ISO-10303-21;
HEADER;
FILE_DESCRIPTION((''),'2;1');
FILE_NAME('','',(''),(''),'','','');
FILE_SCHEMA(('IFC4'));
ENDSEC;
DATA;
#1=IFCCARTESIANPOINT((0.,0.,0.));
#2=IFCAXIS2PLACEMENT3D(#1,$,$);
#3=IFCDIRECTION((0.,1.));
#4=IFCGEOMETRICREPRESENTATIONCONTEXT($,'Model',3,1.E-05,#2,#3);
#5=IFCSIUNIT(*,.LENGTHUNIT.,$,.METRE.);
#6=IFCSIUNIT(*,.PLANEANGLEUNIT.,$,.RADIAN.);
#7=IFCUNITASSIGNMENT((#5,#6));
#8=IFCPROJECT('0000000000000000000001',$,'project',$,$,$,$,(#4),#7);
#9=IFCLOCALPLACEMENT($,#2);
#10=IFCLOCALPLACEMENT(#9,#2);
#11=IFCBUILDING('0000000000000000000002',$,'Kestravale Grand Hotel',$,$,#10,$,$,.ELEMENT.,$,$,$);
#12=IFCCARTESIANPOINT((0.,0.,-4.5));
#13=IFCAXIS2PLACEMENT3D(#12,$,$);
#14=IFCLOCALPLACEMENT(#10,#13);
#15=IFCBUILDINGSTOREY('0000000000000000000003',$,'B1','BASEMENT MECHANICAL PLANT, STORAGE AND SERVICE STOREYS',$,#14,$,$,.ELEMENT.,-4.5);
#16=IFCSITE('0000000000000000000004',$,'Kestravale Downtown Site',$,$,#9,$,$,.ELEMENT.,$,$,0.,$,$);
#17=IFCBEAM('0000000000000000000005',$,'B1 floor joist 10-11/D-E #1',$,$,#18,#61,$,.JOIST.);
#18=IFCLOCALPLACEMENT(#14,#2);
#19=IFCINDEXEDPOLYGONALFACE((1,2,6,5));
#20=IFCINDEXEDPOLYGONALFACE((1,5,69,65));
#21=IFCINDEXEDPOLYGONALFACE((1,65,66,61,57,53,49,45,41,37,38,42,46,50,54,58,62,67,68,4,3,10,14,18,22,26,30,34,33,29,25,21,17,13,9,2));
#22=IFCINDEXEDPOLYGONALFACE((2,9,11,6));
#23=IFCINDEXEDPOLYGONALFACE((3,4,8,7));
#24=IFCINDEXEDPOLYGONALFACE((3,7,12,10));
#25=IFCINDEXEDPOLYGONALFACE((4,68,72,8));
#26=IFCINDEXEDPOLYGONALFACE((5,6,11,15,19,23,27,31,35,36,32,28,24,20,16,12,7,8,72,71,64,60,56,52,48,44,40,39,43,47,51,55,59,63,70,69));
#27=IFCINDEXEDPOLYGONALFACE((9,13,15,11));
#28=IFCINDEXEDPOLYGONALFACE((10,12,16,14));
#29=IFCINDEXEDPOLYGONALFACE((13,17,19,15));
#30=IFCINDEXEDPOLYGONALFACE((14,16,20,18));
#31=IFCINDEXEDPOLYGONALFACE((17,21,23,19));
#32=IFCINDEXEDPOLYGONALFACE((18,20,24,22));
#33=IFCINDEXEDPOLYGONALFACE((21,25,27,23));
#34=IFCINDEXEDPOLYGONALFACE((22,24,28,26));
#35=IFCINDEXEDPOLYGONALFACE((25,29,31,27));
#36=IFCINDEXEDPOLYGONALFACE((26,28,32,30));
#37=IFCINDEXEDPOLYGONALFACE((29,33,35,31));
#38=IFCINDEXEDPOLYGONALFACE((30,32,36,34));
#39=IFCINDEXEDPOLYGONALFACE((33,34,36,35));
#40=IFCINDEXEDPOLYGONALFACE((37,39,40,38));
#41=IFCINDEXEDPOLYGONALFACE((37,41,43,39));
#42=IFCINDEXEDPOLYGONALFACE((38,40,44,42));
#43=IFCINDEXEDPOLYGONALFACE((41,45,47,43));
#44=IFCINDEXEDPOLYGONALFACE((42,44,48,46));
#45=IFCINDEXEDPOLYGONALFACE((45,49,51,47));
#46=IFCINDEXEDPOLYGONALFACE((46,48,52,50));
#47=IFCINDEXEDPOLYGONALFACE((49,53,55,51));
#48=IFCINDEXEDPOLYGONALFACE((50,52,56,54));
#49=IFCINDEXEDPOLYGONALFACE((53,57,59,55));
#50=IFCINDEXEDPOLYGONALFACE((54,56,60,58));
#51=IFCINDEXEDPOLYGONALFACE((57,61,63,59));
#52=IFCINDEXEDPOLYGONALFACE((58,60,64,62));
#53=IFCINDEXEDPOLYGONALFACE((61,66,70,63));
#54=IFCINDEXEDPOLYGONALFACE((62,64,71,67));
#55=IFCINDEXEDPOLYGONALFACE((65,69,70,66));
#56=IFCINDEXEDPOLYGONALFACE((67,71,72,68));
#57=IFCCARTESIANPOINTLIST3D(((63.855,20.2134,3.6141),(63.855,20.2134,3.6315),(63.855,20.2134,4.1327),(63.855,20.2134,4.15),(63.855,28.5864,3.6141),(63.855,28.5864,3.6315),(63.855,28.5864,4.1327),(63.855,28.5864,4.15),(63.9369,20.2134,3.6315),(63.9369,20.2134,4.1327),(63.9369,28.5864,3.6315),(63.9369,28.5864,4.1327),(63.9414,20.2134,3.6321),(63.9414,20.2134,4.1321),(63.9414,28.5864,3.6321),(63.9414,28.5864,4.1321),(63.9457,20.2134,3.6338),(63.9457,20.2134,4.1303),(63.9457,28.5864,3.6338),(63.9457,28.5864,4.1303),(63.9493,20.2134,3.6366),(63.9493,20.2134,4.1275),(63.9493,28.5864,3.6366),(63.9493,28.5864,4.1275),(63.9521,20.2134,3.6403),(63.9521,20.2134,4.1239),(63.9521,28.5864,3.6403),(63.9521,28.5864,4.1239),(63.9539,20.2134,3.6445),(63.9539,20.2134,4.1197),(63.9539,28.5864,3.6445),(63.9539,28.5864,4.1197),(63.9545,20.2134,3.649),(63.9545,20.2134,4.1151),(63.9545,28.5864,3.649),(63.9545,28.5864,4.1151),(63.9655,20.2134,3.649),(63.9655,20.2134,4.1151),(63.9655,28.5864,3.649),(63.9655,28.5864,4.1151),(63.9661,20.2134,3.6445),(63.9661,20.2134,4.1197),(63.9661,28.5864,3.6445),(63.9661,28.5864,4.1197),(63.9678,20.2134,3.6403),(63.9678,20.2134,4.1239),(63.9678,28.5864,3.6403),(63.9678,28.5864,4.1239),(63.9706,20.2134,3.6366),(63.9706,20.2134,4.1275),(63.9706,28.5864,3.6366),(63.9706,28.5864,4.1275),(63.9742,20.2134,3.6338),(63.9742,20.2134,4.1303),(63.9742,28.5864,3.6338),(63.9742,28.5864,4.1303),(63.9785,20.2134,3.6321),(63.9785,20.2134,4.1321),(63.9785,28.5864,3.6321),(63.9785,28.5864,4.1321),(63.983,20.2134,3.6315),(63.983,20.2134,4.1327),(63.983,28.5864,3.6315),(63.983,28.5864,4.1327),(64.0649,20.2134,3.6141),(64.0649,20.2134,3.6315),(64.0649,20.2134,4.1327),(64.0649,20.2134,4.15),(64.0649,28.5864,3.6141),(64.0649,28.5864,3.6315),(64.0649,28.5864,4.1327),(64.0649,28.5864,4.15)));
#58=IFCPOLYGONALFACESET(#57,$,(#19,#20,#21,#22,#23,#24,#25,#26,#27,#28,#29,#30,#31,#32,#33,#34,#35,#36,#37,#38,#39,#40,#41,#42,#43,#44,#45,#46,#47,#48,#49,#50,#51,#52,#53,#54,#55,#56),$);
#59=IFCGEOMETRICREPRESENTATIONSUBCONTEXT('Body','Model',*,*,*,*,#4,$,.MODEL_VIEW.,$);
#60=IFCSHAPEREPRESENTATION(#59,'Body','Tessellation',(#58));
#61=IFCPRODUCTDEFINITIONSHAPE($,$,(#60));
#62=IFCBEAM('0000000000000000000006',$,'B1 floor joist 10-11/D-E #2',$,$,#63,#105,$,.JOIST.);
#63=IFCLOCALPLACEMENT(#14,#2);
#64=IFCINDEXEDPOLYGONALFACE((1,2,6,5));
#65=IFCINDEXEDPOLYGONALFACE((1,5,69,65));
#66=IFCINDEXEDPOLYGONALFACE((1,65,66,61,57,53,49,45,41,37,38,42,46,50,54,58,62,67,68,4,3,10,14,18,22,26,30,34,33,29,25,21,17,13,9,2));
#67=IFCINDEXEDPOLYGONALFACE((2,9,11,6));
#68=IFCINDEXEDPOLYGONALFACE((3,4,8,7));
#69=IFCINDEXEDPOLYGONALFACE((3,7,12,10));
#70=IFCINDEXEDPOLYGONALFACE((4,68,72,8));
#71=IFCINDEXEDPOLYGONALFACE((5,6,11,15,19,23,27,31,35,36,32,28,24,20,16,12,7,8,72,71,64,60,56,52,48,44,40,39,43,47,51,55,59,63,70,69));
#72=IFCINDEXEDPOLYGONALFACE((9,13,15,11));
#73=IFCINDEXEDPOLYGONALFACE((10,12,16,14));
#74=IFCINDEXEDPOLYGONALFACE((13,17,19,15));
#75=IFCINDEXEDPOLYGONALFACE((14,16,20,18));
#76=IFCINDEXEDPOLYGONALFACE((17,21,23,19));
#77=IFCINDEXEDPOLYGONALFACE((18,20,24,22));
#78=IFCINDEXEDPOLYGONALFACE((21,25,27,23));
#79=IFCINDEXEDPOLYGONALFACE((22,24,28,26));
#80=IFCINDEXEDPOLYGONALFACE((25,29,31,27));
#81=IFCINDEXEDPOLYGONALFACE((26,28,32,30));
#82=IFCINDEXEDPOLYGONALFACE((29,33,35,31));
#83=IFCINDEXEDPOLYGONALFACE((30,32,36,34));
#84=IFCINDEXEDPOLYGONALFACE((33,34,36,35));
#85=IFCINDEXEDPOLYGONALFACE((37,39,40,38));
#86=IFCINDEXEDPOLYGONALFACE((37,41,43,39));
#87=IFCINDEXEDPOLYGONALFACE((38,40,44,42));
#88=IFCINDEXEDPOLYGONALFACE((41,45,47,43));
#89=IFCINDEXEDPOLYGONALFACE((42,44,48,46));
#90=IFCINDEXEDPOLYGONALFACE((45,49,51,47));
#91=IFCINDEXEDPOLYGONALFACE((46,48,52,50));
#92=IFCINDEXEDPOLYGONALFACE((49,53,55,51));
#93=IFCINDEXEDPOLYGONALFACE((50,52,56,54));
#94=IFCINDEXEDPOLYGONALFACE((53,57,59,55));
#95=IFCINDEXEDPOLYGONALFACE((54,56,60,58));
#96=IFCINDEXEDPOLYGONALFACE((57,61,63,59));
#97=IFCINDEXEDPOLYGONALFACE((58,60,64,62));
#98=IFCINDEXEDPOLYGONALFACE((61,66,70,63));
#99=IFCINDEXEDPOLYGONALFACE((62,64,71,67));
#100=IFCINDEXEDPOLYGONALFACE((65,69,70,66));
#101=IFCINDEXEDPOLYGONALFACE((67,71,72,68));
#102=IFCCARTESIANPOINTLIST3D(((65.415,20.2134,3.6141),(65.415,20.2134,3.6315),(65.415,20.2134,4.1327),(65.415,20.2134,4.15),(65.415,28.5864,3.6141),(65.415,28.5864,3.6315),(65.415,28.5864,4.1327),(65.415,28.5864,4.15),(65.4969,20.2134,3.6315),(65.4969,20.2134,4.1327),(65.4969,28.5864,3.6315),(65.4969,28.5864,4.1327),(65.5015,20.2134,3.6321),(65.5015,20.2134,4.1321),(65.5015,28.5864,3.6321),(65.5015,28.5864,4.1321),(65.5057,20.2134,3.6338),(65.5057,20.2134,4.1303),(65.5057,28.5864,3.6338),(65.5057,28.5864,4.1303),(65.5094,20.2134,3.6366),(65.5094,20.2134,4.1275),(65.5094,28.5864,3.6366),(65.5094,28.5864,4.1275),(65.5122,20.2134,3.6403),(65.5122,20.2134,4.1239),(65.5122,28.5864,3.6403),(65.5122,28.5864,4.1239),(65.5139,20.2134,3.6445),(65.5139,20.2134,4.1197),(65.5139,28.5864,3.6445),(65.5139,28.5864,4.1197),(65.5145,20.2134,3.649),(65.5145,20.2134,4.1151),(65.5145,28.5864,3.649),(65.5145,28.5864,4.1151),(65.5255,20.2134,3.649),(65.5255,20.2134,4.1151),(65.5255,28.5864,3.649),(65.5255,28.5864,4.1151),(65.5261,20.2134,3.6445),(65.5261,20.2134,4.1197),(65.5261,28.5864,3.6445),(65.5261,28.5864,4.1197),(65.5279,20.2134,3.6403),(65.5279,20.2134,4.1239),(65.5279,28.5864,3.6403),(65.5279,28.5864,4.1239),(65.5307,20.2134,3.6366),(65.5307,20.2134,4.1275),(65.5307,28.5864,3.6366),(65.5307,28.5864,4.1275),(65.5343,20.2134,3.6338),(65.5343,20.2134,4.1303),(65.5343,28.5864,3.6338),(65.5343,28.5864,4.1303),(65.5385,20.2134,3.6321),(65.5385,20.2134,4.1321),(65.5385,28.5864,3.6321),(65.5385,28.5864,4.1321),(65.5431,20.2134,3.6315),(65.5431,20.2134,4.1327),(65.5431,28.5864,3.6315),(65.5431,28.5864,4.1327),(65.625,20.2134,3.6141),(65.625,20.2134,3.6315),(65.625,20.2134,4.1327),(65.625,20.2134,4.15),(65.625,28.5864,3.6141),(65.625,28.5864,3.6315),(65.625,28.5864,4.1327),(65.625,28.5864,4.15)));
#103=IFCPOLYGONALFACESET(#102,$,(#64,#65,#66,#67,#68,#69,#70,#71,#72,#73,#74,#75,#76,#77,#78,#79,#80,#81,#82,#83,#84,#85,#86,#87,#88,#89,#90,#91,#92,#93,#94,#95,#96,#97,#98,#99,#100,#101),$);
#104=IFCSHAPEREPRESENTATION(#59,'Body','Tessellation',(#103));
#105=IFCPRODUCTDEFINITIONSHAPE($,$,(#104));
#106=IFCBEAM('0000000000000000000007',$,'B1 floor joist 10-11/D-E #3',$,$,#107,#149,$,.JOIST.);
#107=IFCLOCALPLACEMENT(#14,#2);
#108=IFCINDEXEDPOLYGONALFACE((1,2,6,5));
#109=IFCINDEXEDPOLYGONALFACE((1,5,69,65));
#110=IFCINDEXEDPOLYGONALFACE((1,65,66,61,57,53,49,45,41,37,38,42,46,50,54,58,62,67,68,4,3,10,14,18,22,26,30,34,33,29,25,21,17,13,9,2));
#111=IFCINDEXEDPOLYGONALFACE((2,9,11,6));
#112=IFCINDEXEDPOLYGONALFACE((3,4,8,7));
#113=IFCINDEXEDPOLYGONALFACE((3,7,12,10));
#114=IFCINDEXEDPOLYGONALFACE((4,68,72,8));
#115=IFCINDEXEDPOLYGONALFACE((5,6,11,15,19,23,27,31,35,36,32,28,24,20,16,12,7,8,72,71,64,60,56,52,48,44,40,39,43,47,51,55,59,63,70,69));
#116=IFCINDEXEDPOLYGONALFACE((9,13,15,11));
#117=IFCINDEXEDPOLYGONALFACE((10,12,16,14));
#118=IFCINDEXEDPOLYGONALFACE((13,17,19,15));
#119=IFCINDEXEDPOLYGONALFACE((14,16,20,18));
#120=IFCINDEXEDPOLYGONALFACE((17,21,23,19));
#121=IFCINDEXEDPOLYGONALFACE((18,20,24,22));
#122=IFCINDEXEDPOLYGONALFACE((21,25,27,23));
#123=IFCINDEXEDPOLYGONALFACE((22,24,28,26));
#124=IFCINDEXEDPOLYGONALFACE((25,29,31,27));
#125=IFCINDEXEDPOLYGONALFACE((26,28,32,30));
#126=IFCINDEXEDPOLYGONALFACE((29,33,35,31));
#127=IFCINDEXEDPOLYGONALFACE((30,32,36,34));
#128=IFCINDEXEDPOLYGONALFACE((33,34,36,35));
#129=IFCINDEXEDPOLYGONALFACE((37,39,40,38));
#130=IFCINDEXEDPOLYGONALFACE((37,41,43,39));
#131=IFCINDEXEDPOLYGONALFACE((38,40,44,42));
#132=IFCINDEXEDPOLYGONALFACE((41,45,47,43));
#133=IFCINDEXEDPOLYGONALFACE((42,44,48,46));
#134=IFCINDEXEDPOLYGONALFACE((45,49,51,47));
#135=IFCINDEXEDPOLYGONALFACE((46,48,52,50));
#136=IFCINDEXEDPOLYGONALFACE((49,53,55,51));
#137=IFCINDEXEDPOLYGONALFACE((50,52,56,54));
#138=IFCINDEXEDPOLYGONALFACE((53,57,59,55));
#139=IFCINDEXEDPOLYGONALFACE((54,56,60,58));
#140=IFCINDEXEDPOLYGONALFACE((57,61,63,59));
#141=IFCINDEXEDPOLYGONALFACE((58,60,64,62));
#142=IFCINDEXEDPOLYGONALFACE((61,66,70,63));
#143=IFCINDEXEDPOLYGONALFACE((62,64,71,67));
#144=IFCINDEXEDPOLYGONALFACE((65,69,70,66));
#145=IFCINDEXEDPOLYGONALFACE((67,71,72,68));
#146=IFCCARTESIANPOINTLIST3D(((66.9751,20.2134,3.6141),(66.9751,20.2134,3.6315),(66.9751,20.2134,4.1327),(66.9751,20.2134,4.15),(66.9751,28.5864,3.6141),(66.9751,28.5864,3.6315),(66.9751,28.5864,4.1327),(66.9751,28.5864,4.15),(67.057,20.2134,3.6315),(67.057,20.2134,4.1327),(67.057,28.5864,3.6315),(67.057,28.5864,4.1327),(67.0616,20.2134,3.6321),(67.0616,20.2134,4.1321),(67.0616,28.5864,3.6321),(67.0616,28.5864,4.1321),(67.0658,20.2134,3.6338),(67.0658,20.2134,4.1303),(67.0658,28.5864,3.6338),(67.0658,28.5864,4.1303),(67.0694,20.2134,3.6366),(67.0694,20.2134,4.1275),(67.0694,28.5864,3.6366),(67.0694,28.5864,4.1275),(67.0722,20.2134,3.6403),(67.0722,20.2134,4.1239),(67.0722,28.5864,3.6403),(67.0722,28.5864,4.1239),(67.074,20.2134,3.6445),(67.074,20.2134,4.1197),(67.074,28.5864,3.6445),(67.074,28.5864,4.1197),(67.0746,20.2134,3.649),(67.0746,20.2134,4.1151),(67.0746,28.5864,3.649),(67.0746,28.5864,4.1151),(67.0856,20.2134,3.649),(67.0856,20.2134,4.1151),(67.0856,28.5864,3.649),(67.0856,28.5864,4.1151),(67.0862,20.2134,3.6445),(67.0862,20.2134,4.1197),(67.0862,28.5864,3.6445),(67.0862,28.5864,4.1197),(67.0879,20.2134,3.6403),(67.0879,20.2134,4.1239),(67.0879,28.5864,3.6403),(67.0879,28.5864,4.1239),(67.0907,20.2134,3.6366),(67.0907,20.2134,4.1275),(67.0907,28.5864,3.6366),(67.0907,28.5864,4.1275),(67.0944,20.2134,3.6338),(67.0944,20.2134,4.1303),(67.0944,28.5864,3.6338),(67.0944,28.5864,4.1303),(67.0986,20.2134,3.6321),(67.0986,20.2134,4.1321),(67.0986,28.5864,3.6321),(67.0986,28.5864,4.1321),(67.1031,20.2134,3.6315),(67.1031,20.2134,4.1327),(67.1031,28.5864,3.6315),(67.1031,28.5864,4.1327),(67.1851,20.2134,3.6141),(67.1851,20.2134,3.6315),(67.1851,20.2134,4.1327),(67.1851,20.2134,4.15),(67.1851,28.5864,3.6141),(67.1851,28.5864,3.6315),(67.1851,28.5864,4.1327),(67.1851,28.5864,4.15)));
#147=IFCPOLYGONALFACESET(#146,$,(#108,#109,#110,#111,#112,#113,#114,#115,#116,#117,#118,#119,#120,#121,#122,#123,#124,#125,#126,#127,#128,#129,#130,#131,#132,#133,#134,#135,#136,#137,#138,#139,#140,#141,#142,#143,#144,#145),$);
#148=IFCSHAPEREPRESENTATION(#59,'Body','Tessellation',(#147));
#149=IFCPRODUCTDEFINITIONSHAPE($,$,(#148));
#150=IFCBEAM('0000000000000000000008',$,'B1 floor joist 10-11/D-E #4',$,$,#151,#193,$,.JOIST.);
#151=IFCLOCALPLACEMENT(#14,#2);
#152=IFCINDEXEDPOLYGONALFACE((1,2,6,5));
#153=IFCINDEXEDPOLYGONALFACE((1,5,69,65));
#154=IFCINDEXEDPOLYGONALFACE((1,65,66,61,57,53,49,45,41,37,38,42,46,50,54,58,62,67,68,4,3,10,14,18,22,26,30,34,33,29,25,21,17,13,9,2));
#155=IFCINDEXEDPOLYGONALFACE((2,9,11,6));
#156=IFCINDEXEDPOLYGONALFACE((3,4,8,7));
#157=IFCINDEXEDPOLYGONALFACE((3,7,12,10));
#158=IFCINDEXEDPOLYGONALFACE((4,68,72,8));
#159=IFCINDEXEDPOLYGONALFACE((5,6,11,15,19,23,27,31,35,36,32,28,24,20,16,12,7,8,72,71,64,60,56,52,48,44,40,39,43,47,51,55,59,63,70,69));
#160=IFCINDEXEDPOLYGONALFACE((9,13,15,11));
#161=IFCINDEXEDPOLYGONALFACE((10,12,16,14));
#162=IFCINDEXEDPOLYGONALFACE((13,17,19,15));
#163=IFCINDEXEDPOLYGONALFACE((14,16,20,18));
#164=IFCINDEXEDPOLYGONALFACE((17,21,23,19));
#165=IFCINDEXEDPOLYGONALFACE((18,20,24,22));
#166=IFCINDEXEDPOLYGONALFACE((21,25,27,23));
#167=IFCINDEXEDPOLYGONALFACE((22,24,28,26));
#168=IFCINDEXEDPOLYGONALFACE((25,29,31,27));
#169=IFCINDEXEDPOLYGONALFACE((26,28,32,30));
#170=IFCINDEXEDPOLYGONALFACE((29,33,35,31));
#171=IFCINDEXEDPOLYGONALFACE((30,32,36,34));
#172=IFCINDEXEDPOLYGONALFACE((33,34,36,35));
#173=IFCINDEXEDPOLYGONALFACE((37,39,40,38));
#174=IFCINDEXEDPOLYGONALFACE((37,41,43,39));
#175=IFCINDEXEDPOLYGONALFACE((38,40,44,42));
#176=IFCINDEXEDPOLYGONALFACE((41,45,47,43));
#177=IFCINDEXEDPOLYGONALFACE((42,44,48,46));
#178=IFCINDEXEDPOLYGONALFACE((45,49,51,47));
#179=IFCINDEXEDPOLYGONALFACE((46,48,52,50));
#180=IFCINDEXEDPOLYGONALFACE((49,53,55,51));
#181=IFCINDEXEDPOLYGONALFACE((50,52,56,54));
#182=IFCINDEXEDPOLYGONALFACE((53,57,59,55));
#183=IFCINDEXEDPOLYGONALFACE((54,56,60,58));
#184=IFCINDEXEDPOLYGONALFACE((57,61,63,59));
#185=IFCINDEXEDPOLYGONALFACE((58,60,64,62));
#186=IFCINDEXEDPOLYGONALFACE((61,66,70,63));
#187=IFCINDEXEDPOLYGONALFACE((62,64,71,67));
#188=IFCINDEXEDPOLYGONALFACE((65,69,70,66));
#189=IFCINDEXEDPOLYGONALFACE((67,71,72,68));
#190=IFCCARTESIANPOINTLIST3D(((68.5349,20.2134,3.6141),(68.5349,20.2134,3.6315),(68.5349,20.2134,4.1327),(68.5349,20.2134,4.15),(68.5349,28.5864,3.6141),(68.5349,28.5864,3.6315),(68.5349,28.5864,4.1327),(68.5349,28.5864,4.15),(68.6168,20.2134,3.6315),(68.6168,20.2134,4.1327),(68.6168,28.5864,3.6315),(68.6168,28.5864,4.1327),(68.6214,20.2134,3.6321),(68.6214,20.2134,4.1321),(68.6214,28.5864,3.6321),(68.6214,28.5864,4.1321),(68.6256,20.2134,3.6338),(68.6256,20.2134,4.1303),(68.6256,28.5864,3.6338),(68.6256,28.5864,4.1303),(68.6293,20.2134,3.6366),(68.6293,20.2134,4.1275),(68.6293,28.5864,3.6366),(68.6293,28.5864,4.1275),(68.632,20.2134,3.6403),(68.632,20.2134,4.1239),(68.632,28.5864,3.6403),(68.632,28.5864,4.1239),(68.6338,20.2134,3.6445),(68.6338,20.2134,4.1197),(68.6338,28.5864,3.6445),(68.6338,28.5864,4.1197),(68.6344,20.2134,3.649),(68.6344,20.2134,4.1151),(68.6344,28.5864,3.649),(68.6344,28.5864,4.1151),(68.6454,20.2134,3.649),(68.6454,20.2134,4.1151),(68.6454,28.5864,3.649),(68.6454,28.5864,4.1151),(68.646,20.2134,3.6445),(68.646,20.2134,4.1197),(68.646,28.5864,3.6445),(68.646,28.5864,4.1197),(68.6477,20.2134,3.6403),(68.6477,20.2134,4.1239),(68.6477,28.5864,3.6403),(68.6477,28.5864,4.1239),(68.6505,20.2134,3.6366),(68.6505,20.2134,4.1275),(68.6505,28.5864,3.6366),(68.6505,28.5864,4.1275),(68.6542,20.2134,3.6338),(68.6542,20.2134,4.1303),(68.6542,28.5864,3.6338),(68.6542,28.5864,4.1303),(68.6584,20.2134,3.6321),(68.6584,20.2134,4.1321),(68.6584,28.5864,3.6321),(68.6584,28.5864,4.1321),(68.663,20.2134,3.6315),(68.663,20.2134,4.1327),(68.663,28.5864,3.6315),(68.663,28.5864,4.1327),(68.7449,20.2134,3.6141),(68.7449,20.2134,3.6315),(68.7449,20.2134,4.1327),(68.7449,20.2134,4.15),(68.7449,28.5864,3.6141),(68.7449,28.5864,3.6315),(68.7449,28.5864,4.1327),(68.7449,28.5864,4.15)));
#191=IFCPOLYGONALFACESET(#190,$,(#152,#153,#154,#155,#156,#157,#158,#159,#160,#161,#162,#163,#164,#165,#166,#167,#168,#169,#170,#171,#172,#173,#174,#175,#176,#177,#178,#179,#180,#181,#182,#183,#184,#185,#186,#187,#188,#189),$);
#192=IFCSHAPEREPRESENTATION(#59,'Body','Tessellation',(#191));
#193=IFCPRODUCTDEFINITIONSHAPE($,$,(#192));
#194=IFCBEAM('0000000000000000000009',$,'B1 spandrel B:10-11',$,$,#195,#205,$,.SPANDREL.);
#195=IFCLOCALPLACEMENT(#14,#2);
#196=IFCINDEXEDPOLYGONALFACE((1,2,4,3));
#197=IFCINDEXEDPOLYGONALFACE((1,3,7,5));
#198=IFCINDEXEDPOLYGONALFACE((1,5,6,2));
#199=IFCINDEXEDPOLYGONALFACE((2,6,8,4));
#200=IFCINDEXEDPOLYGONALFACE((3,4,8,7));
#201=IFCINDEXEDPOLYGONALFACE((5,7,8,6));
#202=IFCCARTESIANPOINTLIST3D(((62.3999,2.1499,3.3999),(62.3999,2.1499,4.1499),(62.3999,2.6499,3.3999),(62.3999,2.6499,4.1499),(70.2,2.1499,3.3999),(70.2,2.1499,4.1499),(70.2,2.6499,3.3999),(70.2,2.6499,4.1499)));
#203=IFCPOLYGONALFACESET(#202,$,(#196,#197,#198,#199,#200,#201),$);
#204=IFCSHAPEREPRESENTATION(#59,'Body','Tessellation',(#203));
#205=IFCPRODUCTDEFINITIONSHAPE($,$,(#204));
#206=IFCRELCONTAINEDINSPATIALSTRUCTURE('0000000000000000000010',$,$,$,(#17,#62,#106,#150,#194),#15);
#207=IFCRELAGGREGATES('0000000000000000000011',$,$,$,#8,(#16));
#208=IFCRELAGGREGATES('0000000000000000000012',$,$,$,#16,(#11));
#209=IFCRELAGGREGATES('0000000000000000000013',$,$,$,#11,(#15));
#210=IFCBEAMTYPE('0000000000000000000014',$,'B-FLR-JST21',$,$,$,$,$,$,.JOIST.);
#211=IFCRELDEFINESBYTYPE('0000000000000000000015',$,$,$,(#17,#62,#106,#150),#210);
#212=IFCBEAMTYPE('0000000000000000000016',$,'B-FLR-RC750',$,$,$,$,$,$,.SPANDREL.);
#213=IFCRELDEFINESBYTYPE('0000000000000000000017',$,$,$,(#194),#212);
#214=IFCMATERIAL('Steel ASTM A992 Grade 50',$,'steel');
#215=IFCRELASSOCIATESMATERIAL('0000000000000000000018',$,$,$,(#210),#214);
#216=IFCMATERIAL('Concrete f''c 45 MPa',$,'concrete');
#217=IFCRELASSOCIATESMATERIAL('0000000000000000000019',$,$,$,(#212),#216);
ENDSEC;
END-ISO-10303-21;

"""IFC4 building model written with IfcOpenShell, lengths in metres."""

from ifc_helpers import new_model, si_unit, direction, frame, origin, origin_2d, place, context, subcontext, project, spatial, rectangle, i_section, extrude, material, material_profile, profile_set, type_object, element, save


model = new_model("IFC4")

# Units and contexts
model_context = context("Model", 3, precision=1e-05, world=origin(), true_north=direction((0.0, 1.0)))
body_context = subcontext(model_context, "Body", "Model", "MODEL_VIEW")
ifc_project = project(units=[si_unit("LENGTHUNIT", "METRE"), si_unit("PLANEANGLEUNIT", "RADIAN")], contexts=[model_context])

# Site, building, storey
site_placement = place(None, origin())
site = spatial("IfcSite", under=ifc_project, at=site_placement, Name="Kestravale Downtown Site", CompositionType="ELEMENT", RefElevation=0.0)
building_placement = place(site_placement, origin())
building = spatial("IfcBuilding", under=site, at=building_placement, Name="Kestravale Grand Hotel", CompositionType="ELEMENT")
storey_placement = place(building_placement, frame((0.0, 0.0, -4.5)))
storey = spatial("IfcBuildingStorey", under=building, at=storey_placement, Name="B1", Description="BASEMENT MECHANICAL PLANT, STORAGE AND SERVICE STOREYS", CompositionType="ELEMENT", Elevation=-4.5)

# Beams
ifc_material_1 = material(Name="Steel ASTM A992 Grade 50", Category="steel")
ifc_material_profile_1 = material_profile(ifc_material_1, i_section(OverallWidth=0.21, OverallDepth=0.5359, WebThickness=0.011, FlangeThickness=0.0173, FilletRadius=0.0176, at=origin_2d()))
ifc_profile_set_1 = profile_set([ifc_material_profile_1], Name="Steel ASTM A992 Grade 50")
beam_type_1 = type_object("IfcBeamType", Name="B-FLR-JST21", PredefinedType="JOIST", material=ifc_profile_set_1)
for number, where, z_axis, x_axis, name in (
    (1, (63.96, 20.2134, 3.8821), (0.0, 1.0, 0.0), (-1.0, 0.0, 0.0), "B1 floor joist 10-11/D-E #1"),
    (2, (65.52, 20.2134, 3.8821), (0.0, 1.0, 0.0), (-1.0, 0.0, 0.0), "B1 floor joist 10-11/D-E #2"),
    (3, (67.0801, 20.2134, 3.8821), (0.0, 1.0, 0.0), (-1.0, 0.0, 0.0), "B1 floor joist 10-11/D-E #3"),
    (4, (68.6399, 20.2134, 3.8821), (0.0, 1.0, 0.0), (-1.0, 0.0, 0.0), "B1 floor joist 10-11/D-E #4"),
):
    element("IfcBeam", number, at=place(storey_placement, frame(where, z_axis=z_axis, x_axis=x_axis)), inside=storey, type_object=beam_type_1, Name=name, PredefinedType="JOIST", context=body_context, shape_type="SweptSolid", body=[
        extrude(i_section(OverallWidth=0.21, OverallDepth=0.5359, WebThickness=0.011, FlangeThickness=0.0173, FilletRadius=0.0176, at=origin_2d()), origin(), (0.0, 0.0, 1.0), 8.373),
    ])
ifc_material_2 = material(Name="Concrete f'c 45 MPa", Category="concrete")
ifc_material_profile_2 = material_profile(ifc_material_2, rectangle(XDim=0.5, YDim=0.75, at=origin_2d()))
ifc_profile_set_2 = profile_set([ifc_material_profile_2], Name="Concrete f'c 45 MPa")
beam_type_2 = type_object("IfcBeamType", Name="B-FLR-RC750", PredefinedType="SPANDREL", material=ifc_profile_set_2)
beam_1_placement = place(storey_placement, frame((62.3999, 2.3999, 3.7749), z_axis=(1.0, 0.0, 0.0), x_axis=(0.0, 1.0, 0.0)))
element("IfcBeam", 5, at=beam_1_placement, inside=storey, type_object=beam_type_2, Name="B1 spandrel B:10-11", PredefinedType="SPANDREL", context=body_context, shape_type="SweptSolid", body=[
    extrude(rectangle(XDim=0.5, YDim=0.75, at=origin_2d()), origin(), (0.0, 0.0, 1.0), 7.8),
])

save(model, "model.ifc")
